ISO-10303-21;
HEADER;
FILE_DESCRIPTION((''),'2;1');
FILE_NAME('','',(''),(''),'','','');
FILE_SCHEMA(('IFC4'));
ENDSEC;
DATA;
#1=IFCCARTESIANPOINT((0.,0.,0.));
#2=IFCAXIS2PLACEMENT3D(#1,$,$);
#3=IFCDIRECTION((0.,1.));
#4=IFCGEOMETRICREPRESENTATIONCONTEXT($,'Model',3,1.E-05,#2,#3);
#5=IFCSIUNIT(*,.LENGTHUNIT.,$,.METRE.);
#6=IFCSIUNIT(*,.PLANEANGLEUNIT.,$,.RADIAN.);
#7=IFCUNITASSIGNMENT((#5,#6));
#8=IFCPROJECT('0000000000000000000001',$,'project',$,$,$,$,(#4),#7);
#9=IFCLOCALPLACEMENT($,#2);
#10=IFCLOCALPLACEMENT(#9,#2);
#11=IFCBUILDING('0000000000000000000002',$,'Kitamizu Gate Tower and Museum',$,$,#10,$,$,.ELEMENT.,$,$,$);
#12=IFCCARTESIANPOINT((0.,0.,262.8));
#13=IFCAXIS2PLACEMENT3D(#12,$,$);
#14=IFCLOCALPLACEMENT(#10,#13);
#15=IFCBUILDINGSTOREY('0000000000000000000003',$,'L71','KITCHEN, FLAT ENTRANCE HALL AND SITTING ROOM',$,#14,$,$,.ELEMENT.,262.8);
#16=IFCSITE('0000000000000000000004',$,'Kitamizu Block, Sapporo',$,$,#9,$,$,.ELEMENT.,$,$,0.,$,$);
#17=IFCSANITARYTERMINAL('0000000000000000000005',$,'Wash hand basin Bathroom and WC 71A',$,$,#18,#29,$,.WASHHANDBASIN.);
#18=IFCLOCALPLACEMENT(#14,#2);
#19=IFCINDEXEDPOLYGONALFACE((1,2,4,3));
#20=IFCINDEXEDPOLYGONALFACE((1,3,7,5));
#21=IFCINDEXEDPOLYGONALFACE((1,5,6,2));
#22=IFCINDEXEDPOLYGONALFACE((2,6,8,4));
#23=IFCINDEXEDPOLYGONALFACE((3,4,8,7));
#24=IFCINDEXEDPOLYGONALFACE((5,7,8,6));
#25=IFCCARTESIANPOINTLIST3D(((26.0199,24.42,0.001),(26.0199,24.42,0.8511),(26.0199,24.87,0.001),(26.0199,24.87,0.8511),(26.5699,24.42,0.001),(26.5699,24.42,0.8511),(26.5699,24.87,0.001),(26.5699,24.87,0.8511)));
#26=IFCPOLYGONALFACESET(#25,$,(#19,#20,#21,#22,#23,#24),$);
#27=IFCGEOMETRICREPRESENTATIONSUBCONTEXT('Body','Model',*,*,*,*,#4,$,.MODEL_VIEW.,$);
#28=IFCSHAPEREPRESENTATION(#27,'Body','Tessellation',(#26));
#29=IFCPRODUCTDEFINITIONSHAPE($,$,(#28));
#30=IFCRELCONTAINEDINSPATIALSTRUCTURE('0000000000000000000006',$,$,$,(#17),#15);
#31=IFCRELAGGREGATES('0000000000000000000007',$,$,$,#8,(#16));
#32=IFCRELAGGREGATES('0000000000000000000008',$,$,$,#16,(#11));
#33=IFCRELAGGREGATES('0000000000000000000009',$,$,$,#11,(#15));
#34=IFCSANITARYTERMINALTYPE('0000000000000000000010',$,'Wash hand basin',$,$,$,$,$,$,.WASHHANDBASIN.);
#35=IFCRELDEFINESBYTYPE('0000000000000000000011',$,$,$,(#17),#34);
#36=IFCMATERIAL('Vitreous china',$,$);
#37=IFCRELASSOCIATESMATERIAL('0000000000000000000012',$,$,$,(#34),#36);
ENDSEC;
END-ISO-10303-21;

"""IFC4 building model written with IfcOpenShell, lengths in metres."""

from ifc_helpers import new_model, si_unit, direction, frame, origin, origin_2d, place, context, subcontext, project, spatial, rectangle, extrude, material, type_object, element, save


model = new_model("IFC4")

# Units and contexts
model_context = context("Model", 3, precision=1e-05, world=origin(), true_north=direction((0.0, 1.0)))
body_context = subcontext(model_context, "Body", "Model", "MODEL_VIEW")
ifc_project = project(units=[si_unit("LENGTHUNIT", "METRE"), si_unit("PLANEANGLEUNIT", "RADIAN")], contexts=[model_context])

# Site, building, storey
site_placement = place(None, origin())
site = spatial("IfcSite", under=ifc_project, at=site_placement, Name="Kitamizu Block, Sapporo", CompositionType="ELEMENT", RefElevation=0.0)
building_placement = place(site_placement, origin())
building = spatial("IfcBuilding", under=site, at=building_placement, Name="Kitamizu Gate Tower and Museum", CompositionType="ELEMENT")
storey_placement = place(building_placement, frame((0.0, 0.0, 262.8)))
storey = spatial("IfcBuildingStorey", under=building, at=storey_placement, Name="L71", Description="KITCHEN, FLAT ENTRANCE HALL AND SITTING ROOM", CompositionType="ELEMENT", Elevation=262.8)

# Sanitary terminal
ifc_material_1 = material(Name="Vitreous china")
sanitary_terminal_type = type_object("IfcSanitaryTerminalType", Name="Wash hand basin", PredefinedType="WASHHANDBASIN", material=ifc_material_1)
sanitary_terminal_placement = place(storey_placement, frame((26.2949, 24.645, 0.001), z_axis=(0.0, 0.0, 1.0), x_axis=(1.0, 0.0, 0.0)))
element("IfcSanitaryTerminal", 1, at=sanitary_terminal_placement, inside=storey, type_object=sanitary_terminal_type, Name="Wash hand basin Bathroom and WC 71A", PredefinedType="WASHHANDBASIN", context=body_context, shape_type="SweptSolid", body=[
    extrude(rectangle(XDim=0.55, YDim=0.45, at=origin_2d()), origin(), (0.0, 0.0, 1.0), 0.8501),
])

save(model, "model.ifc")
